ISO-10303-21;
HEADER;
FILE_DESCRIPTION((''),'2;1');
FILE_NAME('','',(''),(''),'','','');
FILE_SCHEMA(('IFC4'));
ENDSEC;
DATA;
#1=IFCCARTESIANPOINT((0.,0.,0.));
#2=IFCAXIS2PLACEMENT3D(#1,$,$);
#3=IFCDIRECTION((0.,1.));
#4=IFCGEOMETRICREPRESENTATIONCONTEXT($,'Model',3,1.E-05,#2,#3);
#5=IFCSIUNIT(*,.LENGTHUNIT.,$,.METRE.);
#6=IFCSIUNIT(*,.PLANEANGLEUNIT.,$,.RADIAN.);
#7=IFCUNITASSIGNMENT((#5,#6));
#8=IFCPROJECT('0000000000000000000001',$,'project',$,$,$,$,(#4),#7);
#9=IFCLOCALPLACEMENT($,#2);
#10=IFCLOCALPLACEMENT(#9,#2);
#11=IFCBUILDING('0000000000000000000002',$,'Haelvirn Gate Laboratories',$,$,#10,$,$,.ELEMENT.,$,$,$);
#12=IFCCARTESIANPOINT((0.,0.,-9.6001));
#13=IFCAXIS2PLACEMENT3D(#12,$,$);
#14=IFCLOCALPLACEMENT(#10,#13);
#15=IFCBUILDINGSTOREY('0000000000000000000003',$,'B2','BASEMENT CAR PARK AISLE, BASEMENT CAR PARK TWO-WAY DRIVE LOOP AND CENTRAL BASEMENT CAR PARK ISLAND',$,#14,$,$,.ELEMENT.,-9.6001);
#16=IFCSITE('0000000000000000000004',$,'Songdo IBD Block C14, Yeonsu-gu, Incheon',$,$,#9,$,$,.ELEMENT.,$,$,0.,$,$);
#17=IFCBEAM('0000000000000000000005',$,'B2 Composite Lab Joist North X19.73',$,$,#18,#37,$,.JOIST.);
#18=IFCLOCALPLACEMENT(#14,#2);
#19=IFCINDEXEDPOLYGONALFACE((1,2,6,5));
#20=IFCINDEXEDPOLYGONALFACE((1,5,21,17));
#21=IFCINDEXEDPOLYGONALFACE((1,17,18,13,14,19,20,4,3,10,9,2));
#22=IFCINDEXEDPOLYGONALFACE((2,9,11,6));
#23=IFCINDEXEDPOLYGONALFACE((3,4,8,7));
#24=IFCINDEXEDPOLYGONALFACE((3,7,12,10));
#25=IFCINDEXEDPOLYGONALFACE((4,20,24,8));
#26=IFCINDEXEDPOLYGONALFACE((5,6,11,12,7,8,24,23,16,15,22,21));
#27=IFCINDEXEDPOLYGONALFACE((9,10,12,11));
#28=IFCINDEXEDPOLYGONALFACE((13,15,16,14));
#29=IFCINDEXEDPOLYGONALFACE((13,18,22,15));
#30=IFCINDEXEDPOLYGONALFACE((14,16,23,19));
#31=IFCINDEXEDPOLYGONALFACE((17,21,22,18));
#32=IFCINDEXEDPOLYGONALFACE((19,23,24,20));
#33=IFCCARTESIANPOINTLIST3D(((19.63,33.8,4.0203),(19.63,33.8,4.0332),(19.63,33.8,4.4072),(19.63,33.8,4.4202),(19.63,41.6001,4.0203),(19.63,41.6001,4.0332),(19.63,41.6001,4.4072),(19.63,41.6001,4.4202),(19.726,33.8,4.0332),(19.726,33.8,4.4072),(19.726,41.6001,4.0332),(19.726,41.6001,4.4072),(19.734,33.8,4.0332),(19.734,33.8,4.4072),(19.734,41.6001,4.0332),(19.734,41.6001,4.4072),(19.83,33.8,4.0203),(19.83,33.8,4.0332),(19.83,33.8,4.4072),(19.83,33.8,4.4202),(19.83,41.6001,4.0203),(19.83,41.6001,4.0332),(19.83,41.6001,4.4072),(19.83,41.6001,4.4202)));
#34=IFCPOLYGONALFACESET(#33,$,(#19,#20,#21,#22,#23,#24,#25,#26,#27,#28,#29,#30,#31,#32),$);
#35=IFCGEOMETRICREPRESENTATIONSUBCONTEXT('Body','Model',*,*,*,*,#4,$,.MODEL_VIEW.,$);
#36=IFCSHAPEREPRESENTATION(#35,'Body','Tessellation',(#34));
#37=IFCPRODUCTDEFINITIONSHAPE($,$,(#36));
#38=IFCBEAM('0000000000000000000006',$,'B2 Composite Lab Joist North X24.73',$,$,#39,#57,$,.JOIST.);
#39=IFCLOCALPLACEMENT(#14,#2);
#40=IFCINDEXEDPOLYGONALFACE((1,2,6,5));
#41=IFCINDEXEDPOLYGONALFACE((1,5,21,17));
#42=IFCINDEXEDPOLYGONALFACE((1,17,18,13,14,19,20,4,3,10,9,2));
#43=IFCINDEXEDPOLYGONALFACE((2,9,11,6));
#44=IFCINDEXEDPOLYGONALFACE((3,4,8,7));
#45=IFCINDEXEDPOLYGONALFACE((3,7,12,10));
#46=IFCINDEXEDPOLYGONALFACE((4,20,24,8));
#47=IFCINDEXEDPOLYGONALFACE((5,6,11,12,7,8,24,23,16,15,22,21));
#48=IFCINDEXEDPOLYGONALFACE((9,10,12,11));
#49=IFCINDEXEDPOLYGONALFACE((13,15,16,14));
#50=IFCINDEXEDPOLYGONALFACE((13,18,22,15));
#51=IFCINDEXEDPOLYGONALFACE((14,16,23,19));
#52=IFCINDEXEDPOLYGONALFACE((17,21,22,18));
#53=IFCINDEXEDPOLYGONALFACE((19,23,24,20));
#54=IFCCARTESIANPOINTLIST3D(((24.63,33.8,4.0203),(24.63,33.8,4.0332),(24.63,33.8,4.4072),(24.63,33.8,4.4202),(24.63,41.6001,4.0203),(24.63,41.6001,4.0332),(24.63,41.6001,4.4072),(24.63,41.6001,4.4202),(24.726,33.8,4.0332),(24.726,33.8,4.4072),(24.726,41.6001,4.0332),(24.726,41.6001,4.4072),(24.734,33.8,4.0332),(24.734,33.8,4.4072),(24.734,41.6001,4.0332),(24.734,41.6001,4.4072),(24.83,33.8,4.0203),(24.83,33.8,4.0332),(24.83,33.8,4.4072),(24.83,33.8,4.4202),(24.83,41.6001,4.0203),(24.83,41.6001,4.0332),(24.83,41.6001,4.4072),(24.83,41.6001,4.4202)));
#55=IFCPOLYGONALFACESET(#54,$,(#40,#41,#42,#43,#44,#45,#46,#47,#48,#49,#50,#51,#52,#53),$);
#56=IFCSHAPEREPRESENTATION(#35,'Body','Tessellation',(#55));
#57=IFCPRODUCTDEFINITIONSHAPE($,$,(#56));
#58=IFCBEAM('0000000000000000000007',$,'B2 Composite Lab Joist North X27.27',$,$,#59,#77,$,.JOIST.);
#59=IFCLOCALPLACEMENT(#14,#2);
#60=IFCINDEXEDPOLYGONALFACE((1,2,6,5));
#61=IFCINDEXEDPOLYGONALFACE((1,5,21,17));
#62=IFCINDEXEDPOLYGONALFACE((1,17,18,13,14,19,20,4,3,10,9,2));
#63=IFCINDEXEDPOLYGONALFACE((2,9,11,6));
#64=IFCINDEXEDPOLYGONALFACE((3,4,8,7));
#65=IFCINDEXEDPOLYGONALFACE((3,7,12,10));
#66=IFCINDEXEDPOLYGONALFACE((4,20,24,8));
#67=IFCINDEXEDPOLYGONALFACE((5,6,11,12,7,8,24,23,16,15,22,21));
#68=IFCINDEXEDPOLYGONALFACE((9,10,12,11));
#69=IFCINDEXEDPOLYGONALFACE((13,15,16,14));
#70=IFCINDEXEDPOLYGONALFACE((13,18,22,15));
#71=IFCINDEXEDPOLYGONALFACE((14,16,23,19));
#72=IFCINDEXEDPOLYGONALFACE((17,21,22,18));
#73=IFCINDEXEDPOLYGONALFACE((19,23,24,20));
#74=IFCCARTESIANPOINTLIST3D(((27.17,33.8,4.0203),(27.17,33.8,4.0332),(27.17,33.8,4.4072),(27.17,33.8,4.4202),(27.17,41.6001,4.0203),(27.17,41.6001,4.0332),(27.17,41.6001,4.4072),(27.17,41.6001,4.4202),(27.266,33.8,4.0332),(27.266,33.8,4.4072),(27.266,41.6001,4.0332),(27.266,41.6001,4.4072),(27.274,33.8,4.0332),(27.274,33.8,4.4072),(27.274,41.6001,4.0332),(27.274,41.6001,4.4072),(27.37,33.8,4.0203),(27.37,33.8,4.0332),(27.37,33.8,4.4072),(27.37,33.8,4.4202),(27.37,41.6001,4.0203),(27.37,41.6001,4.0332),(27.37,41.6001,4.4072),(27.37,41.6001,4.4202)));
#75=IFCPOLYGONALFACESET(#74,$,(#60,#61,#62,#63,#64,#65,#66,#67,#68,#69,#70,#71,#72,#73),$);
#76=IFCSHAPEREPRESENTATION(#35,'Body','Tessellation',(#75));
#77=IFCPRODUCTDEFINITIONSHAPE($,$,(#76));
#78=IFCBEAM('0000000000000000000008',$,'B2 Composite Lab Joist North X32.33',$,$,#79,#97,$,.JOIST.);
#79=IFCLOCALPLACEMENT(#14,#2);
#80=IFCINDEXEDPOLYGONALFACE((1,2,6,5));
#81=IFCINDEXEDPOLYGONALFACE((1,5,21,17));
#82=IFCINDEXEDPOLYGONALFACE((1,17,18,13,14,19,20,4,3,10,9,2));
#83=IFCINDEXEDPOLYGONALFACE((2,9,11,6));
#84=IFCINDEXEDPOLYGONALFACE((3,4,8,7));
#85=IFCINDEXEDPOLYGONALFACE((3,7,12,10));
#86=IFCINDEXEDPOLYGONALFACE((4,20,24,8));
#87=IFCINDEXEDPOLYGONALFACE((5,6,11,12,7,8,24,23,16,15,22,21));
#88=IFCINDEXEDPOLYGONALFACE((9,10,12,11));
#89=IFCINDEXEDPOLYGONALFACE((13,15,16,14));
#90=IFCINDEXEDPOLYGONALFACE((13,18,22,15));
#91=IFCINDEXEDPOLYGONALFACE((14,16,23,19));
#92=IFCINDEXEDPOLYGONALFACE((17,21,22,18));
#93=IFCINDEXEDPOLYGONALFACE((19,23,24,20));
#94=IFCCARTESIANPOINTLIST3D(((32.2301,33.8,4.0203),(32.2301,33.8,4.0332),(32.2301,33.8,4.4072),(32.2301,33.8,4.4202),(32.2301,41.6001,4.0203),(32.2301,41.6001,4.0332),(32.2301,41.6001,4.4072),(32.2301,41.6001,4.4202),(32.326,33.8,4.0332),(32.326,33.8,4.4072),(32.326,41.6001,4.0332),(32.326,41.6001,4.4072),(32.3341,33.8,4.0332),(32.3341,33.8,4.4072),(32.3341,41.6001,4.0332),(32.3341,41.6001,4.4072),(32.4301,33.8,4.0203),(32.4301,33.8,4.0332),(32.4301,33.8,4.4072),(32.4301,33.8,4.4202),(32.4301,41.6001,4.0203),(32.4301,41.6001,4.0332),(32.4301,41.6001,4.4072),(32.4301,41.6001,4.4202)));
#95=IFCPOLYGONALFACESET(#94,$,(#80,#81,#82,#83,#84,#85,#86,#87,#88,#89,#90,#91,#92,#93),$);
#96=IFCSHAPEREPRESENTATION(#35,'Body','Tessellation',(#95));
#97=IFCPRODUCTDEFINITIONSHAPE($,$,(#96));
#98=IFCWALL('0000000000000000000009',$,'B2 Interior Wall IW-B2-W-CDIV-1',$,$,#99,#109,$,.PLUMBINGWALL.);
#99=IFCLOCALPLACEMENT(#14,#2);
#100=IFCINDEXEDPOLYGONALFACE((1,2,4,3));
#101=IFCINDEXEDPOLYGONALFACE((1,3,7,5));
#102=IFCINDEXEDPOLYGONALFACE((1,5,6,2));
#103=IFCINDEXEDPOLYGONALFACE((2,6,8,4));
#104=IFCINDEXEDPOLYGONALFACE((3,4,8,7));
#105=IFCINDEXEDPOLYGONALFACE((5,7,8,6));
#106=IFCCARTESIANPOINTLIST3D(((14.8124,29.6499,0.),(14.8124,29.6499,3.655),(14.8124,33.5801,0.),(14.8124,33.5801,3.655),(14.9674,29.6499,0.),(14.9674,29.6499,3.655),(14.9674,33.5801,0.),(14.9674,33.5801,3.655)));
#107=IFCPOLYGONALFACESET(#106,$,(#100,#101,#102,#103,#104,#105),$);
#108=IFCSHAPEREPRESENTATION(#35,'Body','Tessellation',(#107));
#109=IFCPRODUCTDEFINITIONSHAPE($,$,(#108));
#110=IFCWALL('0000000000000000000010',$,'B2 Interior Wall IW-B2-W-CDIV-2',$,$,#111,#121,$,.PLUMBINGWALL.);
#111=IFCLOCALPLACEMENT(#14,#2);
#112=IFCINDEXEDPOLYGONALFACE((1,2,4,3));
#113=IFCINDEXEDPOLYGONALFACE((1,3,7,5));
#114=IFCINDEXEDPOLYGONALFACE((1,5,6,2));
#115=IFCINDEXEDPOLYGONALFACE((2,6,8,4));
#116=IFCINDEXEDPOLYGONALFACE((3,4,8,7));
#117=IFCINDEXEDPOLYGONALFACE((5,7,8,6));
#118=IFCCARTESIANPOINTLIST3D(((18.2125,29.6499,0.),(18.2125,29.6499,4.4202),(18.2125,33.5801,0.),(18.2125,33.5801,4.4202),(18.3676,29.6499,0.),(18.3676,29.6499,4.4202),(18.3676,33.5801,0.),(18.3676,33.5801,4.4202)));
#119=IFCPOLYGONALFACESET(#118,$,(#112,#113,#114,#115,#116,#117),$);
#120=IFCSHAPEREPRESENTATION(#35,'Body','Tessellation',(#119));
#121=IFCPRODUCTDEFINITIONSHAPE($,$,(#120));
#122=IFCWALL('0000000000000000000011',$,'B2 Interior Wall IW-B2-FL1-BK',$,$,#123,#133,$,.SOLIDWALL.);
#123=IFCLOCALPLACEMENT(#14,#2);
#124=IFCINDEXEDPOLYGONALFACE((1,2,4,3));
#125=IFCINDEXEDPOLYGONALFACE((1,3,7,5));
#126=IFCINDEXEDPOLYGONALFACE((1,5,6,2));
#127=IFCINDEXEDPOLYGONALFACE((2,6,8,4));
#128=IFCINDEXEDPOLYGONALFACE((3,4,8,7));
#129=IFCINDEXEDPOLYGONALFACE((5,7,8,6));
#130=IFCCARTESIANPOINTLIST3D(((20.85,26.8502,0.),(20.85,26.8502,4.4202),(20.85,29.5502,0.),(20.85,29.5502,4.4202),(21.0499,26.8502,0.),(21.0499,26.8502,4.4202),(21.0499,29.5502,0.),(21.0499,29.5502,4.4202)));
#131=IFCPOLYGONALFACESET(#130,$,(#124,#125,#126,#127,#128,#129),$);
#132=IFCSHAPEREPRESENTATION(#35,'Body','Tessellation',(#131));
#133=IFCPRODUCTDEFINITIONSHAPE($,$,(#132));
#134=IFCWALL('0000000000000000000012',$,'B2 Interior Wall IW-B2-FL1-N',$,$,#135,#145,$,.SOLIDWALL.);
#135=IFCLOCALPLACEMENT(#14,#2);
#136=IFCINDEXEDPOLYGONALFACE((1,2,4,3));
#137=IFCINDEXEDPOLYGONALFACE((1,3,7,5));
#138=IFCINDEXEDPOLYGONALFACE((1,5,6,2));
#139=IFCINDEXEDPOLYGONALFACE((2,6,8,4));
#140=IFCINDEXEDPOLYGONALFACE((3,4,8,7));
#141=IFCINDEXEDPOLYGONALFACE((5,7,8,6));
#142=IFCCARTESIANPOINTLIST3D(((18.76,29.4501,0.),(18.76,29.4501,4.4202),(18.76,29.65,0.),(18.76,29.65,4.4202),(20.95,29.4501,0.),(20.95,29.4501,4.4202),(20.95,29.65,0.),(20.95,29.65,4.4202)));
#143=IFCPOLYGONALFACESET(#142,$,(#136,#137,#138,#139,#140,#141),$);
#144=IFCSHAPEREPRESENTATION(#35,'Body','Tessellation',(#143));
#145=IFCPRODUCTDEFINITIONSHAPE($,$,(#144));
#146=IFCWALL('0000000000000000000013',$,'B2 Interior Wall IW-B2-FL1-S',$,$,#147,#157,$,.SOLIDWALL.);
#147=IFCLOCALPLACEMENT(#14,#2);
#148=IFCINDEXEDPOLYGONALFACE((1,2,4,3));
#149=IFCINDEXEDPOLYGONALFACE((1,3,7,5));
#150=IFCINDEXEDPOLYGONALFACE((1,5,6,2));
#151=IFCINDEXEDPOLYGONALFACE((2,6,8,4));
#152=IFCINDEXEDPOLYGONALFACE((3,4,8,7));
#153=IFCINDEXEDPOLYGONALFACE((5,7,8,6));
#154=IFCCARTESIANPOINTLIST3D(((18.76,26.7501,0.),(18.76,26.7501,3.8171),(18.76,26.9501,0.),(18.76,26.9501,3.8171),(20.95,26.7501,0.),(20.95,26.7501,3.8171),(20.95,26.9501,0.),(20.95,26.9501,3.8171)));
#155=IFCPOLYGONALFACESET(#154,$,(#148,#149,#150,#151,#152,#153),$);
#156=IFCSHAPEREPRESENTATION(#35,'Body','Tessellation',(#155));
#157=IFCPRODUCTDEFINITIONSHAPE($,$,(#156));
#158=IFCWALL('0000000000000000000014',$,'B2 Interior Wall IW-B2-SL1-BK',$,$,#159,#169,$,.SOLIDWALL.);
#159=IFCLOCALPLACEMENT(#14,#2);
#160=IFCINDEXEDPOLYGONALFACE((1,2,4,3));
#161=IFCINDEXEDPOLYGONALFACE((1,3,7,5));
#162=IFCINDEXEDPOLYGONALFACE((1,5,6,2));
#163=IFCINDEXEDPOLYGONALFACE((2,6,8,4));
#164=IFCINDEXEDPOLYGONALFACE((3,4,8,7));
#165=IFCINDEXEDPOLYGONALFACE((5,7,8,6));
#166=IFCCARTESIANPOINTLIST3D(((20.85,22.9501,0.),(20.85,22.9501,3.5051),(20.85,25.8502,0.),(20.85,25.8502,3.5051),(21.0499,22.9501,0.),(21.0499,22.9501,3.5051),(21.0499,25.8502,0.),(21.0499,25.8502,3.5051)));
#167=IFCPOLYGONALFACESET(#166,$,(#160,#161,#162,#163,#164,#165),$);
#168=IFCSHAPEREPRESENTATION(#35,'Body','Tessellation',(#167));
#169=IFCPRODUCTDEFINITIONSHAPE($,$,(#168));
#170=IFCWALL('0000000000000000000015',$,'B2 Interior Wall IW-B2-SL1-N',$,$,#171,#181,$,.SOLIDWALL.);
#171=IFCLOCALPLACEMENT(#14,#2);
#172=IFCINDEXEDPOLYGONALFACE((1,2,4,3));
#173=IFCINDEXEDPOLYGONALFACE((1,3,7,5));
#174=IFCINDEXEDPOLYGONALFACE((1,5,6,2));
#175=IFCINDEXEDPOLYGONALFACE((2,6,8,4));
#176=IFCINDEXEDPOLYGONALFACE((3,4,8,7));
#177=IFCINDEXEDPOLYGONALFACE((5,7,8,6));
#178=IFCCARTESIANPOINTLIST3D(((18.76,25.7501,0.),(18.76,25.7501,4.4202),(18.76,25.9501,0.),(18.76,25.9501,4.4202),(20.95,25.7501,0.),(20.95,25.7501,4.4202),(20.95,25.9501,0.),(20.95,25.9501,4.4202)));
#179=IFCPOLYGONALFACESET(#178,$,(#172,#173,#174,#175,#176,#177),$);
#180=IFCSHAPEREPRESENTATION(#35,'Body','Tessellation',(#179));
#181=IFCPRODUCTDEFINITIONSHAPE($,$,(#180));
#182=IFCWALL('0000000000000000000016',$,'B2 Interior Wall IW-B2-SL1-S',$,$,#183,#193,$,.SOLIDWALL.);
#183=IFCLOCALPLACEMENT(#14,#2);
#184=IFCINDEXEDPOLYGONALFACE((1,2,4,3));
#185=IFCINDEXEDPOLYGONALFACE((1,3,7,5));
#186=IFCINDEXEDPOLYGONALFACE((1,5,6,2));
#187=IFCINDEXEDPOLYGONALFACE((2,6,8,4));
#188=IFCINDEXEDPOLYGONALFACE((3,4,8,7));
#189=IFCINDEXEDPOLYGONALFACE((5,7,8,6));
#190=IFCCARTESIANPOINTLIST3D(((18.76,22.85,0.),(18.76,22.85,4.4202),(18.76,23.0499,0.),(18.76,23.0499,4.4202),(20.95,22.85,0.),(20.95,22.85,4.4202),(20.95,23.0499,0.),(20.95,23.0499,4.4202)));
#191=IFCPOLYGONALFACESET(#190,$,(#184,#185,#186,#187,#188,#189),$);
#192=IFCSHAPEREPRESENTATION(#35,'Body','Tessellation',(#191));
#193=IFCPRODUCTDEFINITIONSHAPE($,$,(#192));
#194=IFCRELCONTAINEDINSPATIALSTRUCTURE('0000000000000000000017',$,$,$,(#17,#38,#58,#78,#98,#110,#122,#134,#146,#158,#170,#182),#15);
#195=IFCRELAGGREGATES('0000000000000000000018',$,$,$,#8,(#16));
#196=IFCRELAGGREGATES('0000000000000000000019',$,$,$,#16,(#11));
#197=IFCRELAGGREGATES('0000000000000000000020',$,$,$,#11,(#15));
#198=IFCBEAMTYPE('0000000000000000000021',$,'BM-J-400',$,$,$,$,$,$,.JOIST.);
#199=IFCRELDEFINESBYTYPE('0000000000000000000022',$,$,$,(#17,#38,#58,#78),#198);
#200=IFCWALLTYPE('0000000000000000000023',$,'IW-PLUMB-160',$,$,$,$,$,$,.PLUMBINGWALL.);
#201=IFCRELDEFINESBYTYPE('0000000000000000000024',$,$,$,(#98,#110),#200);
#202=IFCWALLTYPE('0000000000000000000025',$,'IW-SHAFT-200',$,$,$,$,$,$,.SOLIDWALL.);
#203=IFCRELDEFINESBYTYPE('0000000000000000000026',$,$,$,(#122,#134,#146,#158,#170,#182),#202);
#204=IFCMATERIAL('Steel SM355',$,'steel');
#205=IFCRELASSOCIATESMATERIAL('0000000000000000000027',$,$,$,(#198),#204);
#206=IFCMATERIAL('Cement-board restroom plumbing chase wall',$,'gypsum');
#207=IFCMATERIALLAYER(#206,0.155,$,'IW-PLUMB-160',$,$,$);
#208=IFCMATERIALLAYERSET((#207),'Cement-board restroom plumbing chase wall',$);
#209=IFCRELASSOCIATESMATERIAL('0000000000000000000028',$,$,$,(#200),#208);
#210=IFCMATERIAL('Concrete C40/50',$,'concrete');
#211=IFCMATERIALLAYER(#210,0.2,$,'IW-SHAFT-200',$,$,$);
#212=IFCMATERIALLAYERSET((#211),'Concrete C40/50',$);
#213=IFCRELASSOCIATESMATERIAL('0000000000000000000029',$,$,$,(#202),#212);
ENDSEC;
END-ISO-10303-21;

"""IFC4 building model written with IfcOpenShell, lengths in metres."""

from ifc_helpers import new_model, si_unit, direction, frame, frame_2d, origin, origin_2d, place, context, subcontext, project, spatial, rectangle, i_section, extrude, source, transform, mapped, material, layer, layer_set, material_profile, profile_set, type_object, type_shapes, element, save


model = new_model("IFC4")

# Units and contexts
model_context = context("Model", 3, precision=1e-05, world=origin(), true_north=direction((0.0, 1.0)))
body_context = subcontext(model_context, "Body", "Model", "MODEL_VIEW")
ifc_project = project(units=[si_unit("LENGTHUNIT", "METRE"), si_unit("PLANEANGLEUNIT", "RADIAN")], contexts=[model_context])

# Site, building, storey
site_placement = place(None, origin())
site = spatial("IfcSite", under=ifc_project, at=site_placement, Name="Songdo IBD Block C14, Yeonsu-gu, Incheon", CompositionType="ELEMENT", RefElevation=0.0)
building_placement = place(site_placement, origin())
building = spatial("IfcBuilding", under=site, at=building_placement, Name="Haelvirn Gate Laboratories", CompositionType="ELEMENT")
storey_placement = place(building_placement, frame((0.0, 0.0, -9.6001)))
storey = spatial("IfcBuildingStorey", under=building, at=storey_placement, Name="B2", Description="BASEMENT CAR PARK AISLE, BASEMENT CAR PARK TWO-WAY DRIVE LOOP AND CENTRAL BASEMENT CAR PARK ISLAND", CompositionType="ELEMENT", Elevation=-9.6001)

# Beams
ifc_material_1 = material(Name="Steel SM355", Category="steel")
ifc_material_profile_1 = material_profile(ifc_material_1, i_section(OverallWidth=0.2, OverallDepth=0.3999, WebThickness=0.0081, FlangeThickness=0.0129, at=origin_2d()), Name="H-400x200x8x13")
ifc_profile_set_1 = profile_set([ifc_material_profile_1], Name="Steel SM355")
beam_type_1 = type_object("IfcBeamType", Name="BM-J-400", PredefinedType="JOIST", material=ifc_profile_set_1)
shared_shape_1 = source(origin(), body_context, "Body", "SweptSolid", [
    extrude(i_section(OverallWidth=0.2, OverallDepth=0.3999, WebThickness=0.0081, FlangeThickness=0.0129, at=origin_2d()), origin(), (0.0, 0.0, 1.0), 7.8),
])
type_shapes(beam_type_1, [shared_shape_1])
for number, where, z_axis, x_axis, name in (
    (1, (19.73, 33.8, 4.2202), (0.0, 1.0, 0.0), (-1.0, 0.0, 0.0), "B2 Composite Lab Joist North X19.73"),
    (2, (24.73, 33.8, 4.2202), (0.0, 1.0, 0.0), (-1.0, 0.0, 0.0), "B2 Composite Lab Joist North X24.73"),
    (3, (27.27, 33.8, 4.2202), (0.0, 1.0, 0.0), (-1.0, 0.0, 0.0), "B2 Composite Lab Joist North X27.27"),
    (4, (32.3301, 33.8, 4.2202), (0.0, 1.0, 0.0), (-1.0, 0.0, 0.0), "B2 Composite Lab Joist North X32.33"),
):
    element("IfcBeam", number, at=place(storey_placement, frame(where, z_axis=z_axis, x_axis=x_axis)), inside=storey, type_object=beam_type_1, Name=name, PredefinedType="JOIST", context=body_context, shape_type="MappedRepresentation", body=[
        mapped(shared_shape_1, transform((0.0, 0.0, 0.0), scale=1.0)),
    ])

# Walls
ifc_material_2 = material(Name="Cement-board restroom plumbing chase wall", Category="gypsum")
ifc_layer_1 = layer(ifc_material_2, 0.155, Name="IW-PLUMB-160")
ifc_layer_set_1 = layer_set([ifc_layer_1], Name="Cement-board restroom plumbing chase wall")
wall_type_1 = type_object("IfcWallType", Name="IW-PLUMB-160", PredefinedType="PLUMBINGWALL", material=ifc_layer_set_1)
wall_1_placement = place(storey_placement, frame((14.8899, 29.6499, 0.0), z_axis=(0.0, 0.0, 1.0), x_axis=(0.0, 1.0, 0.0)))
element("IfcWall", 5, at=wall_1_placement, inside=storey, type_object=wall_type_1, Name="B2 Interior Wall IW-B2-W-CDIV-1", PredefinedType="PLUMBINGWALL", context=body_context, shape_type="SweptSolid", body=[
    extrude(rectangle(XDim=3.9302, YDim=0.155, at=frame_2d((1.9651, 0.0))), origin(), (0.0, 0.0, 1.0), 3.655),
])
wall_2_placement = place(storey_placement, frame((18.29, 29.6499, 0.0), z_axis=(0.0, 0.0, 1.0), x_axis=(0.0, 1.0, 0.0)))
element("IfcWall", 6, at=wall_2_placement, inside=storey, type_object=wall_type_1, Name="B2 Interior Wall IW-B2-W-CDIV-2", PredefinedType="PLUMBINGWALL", context=body_context, shape_type="SweptSolid", body=[
    extrude(rectangle(XDim=3.9302, YDim=0.155, at=frame_2d((1.9651, 0.0))), origin(), (0.0, 0.0, 1.0), 4.4202),
])
ifc_material_3 = material(Name="Concrete C40/50", Category="concrete")
ifc_layer_2 = layer(ifc_material_3, 0.2, Name="IW-SHAFT-200")
ifc_layer_set_2 = layer_set([ifc_layer_2], Name="Concrete C40/50")
wall_type_2 = type_object("IfcWallType", Name="IW-SHAFT-200", PredefinedType="SOLIDWALL", material=ifc_layer_set_2)
wall_3_placement = place(storey_placement, frame((20.95, 26.8501, 0.0), z_axis=(0.0, 0.0, 1.0), x_axis=(0.0, 1.0, 0.0)))
element("IfcWall", 7, at=wall_3_placement, inside=storey, type_object=wall_type_2, Name="B2 Interior Wall IW-B2-FL1-BK", PredefinedType="SOLIDWALL", context=body_context, shape_type="SweptSolid", body=[
    extrude(rectangle(XDim=2.7, YDim=0.2, at=frame_2d((1.3501, 0.0))), origin(), (0.0, 0.0, 1.0), 4.4202),
])
wall_4_placement = place(storey_placement, frame((18.76, 29.55, 0.0), z_axis=(0.0, 0.0, 1.0), x_axis=(1.0, 0.0, 0.0)))
element("IfcWall", 8, at=wall_4_placement, inside=storey, type_object=wall_type_2, Name="B2 Interior Wall IW-B2-FL1-N", PredefinedType="SOLIDWALL", context=body_context, shape_type="SweptSolid", body=[
    extrude(rectangle(XDim=2.1899, YDim=0.2, at=frame_2d((1.095, 0.0))), origin(), (0.0, 0.0, 1.0), 4.4202),
])
wall_5_placement = place(storey_placement, frame((18.76, 26.8501, 0.0), z_axis=(0.0, 0.0, 1.0), x_axis=(1.0, 0.0, 0.0)))
element("IfcWall", 9, at=wall_5_placement, inside=storey, type_object=wall_type_2, Name="B2 Interior Wall IW-B2-FL1-S", PredefinedType="SOLIDWALL", context=body_context, shape_type="SweptSolid", body=[
    extrude(rectangle(XDim=2.1899, YDim=0.2, at=frame_2d((1.095, 0.0))), origin(), (0.0, 0.0, 1.0), 3.8171),
])
wall_6_placement = place(storey_placement, frame((20.95, 22.95, 0.0), z_axis=(0.0, 0.0, 1.0), x_axis=(0.0, 1.0, 0.0)))
element("IfcWall", 10, at=wall_6_placement, inside=storey, type_object=wall_type_2, Name="B2 Interior Wall IW-B2-SL1-BK", PredefinedType="SOLIDWALL", context=body_context, shape_type="SweptSolid", body=[
    extrude(rectangle(XDim=2.9001, YDim=0.2, at=frame_2d((1.4502, 0.0))), origin(), (0.0, 0.0, 1.0), 3.5051),
])
for number, where, z_axis, x_axis, name in (
    (11, (18.76, 25.8501, 0.0), (0.0, 0.0, 1.0), (1.0, 0.0, 0.0), "B2 Interior Wall IW-B2-SL1-N"),
    (12, (18.76, 22.95, 0.0), (0.0, 0.0, 1.0), (1.0, 0.0, 0.0), "B2 Interior Wall IW-B2-SL1-S"),
):
    element("IfcWall", number, at=place(storey_placement, frame(where, z_axis=z_axis, x_axis=x_axis)), inside=storey, type_object=wall_type_2, Name=name, PredefinedType="SOLIDWALL", context=body_context, shape_type="SweptSolid", body=[
        extrude(rectangle(XDim=2.1899, YDim=0.2, at=frame_2d((1.095, 0.0))), origin(), (0.0, 0.0, 1.0), 4.4202),
    ])

save(model, "model.ifc")
